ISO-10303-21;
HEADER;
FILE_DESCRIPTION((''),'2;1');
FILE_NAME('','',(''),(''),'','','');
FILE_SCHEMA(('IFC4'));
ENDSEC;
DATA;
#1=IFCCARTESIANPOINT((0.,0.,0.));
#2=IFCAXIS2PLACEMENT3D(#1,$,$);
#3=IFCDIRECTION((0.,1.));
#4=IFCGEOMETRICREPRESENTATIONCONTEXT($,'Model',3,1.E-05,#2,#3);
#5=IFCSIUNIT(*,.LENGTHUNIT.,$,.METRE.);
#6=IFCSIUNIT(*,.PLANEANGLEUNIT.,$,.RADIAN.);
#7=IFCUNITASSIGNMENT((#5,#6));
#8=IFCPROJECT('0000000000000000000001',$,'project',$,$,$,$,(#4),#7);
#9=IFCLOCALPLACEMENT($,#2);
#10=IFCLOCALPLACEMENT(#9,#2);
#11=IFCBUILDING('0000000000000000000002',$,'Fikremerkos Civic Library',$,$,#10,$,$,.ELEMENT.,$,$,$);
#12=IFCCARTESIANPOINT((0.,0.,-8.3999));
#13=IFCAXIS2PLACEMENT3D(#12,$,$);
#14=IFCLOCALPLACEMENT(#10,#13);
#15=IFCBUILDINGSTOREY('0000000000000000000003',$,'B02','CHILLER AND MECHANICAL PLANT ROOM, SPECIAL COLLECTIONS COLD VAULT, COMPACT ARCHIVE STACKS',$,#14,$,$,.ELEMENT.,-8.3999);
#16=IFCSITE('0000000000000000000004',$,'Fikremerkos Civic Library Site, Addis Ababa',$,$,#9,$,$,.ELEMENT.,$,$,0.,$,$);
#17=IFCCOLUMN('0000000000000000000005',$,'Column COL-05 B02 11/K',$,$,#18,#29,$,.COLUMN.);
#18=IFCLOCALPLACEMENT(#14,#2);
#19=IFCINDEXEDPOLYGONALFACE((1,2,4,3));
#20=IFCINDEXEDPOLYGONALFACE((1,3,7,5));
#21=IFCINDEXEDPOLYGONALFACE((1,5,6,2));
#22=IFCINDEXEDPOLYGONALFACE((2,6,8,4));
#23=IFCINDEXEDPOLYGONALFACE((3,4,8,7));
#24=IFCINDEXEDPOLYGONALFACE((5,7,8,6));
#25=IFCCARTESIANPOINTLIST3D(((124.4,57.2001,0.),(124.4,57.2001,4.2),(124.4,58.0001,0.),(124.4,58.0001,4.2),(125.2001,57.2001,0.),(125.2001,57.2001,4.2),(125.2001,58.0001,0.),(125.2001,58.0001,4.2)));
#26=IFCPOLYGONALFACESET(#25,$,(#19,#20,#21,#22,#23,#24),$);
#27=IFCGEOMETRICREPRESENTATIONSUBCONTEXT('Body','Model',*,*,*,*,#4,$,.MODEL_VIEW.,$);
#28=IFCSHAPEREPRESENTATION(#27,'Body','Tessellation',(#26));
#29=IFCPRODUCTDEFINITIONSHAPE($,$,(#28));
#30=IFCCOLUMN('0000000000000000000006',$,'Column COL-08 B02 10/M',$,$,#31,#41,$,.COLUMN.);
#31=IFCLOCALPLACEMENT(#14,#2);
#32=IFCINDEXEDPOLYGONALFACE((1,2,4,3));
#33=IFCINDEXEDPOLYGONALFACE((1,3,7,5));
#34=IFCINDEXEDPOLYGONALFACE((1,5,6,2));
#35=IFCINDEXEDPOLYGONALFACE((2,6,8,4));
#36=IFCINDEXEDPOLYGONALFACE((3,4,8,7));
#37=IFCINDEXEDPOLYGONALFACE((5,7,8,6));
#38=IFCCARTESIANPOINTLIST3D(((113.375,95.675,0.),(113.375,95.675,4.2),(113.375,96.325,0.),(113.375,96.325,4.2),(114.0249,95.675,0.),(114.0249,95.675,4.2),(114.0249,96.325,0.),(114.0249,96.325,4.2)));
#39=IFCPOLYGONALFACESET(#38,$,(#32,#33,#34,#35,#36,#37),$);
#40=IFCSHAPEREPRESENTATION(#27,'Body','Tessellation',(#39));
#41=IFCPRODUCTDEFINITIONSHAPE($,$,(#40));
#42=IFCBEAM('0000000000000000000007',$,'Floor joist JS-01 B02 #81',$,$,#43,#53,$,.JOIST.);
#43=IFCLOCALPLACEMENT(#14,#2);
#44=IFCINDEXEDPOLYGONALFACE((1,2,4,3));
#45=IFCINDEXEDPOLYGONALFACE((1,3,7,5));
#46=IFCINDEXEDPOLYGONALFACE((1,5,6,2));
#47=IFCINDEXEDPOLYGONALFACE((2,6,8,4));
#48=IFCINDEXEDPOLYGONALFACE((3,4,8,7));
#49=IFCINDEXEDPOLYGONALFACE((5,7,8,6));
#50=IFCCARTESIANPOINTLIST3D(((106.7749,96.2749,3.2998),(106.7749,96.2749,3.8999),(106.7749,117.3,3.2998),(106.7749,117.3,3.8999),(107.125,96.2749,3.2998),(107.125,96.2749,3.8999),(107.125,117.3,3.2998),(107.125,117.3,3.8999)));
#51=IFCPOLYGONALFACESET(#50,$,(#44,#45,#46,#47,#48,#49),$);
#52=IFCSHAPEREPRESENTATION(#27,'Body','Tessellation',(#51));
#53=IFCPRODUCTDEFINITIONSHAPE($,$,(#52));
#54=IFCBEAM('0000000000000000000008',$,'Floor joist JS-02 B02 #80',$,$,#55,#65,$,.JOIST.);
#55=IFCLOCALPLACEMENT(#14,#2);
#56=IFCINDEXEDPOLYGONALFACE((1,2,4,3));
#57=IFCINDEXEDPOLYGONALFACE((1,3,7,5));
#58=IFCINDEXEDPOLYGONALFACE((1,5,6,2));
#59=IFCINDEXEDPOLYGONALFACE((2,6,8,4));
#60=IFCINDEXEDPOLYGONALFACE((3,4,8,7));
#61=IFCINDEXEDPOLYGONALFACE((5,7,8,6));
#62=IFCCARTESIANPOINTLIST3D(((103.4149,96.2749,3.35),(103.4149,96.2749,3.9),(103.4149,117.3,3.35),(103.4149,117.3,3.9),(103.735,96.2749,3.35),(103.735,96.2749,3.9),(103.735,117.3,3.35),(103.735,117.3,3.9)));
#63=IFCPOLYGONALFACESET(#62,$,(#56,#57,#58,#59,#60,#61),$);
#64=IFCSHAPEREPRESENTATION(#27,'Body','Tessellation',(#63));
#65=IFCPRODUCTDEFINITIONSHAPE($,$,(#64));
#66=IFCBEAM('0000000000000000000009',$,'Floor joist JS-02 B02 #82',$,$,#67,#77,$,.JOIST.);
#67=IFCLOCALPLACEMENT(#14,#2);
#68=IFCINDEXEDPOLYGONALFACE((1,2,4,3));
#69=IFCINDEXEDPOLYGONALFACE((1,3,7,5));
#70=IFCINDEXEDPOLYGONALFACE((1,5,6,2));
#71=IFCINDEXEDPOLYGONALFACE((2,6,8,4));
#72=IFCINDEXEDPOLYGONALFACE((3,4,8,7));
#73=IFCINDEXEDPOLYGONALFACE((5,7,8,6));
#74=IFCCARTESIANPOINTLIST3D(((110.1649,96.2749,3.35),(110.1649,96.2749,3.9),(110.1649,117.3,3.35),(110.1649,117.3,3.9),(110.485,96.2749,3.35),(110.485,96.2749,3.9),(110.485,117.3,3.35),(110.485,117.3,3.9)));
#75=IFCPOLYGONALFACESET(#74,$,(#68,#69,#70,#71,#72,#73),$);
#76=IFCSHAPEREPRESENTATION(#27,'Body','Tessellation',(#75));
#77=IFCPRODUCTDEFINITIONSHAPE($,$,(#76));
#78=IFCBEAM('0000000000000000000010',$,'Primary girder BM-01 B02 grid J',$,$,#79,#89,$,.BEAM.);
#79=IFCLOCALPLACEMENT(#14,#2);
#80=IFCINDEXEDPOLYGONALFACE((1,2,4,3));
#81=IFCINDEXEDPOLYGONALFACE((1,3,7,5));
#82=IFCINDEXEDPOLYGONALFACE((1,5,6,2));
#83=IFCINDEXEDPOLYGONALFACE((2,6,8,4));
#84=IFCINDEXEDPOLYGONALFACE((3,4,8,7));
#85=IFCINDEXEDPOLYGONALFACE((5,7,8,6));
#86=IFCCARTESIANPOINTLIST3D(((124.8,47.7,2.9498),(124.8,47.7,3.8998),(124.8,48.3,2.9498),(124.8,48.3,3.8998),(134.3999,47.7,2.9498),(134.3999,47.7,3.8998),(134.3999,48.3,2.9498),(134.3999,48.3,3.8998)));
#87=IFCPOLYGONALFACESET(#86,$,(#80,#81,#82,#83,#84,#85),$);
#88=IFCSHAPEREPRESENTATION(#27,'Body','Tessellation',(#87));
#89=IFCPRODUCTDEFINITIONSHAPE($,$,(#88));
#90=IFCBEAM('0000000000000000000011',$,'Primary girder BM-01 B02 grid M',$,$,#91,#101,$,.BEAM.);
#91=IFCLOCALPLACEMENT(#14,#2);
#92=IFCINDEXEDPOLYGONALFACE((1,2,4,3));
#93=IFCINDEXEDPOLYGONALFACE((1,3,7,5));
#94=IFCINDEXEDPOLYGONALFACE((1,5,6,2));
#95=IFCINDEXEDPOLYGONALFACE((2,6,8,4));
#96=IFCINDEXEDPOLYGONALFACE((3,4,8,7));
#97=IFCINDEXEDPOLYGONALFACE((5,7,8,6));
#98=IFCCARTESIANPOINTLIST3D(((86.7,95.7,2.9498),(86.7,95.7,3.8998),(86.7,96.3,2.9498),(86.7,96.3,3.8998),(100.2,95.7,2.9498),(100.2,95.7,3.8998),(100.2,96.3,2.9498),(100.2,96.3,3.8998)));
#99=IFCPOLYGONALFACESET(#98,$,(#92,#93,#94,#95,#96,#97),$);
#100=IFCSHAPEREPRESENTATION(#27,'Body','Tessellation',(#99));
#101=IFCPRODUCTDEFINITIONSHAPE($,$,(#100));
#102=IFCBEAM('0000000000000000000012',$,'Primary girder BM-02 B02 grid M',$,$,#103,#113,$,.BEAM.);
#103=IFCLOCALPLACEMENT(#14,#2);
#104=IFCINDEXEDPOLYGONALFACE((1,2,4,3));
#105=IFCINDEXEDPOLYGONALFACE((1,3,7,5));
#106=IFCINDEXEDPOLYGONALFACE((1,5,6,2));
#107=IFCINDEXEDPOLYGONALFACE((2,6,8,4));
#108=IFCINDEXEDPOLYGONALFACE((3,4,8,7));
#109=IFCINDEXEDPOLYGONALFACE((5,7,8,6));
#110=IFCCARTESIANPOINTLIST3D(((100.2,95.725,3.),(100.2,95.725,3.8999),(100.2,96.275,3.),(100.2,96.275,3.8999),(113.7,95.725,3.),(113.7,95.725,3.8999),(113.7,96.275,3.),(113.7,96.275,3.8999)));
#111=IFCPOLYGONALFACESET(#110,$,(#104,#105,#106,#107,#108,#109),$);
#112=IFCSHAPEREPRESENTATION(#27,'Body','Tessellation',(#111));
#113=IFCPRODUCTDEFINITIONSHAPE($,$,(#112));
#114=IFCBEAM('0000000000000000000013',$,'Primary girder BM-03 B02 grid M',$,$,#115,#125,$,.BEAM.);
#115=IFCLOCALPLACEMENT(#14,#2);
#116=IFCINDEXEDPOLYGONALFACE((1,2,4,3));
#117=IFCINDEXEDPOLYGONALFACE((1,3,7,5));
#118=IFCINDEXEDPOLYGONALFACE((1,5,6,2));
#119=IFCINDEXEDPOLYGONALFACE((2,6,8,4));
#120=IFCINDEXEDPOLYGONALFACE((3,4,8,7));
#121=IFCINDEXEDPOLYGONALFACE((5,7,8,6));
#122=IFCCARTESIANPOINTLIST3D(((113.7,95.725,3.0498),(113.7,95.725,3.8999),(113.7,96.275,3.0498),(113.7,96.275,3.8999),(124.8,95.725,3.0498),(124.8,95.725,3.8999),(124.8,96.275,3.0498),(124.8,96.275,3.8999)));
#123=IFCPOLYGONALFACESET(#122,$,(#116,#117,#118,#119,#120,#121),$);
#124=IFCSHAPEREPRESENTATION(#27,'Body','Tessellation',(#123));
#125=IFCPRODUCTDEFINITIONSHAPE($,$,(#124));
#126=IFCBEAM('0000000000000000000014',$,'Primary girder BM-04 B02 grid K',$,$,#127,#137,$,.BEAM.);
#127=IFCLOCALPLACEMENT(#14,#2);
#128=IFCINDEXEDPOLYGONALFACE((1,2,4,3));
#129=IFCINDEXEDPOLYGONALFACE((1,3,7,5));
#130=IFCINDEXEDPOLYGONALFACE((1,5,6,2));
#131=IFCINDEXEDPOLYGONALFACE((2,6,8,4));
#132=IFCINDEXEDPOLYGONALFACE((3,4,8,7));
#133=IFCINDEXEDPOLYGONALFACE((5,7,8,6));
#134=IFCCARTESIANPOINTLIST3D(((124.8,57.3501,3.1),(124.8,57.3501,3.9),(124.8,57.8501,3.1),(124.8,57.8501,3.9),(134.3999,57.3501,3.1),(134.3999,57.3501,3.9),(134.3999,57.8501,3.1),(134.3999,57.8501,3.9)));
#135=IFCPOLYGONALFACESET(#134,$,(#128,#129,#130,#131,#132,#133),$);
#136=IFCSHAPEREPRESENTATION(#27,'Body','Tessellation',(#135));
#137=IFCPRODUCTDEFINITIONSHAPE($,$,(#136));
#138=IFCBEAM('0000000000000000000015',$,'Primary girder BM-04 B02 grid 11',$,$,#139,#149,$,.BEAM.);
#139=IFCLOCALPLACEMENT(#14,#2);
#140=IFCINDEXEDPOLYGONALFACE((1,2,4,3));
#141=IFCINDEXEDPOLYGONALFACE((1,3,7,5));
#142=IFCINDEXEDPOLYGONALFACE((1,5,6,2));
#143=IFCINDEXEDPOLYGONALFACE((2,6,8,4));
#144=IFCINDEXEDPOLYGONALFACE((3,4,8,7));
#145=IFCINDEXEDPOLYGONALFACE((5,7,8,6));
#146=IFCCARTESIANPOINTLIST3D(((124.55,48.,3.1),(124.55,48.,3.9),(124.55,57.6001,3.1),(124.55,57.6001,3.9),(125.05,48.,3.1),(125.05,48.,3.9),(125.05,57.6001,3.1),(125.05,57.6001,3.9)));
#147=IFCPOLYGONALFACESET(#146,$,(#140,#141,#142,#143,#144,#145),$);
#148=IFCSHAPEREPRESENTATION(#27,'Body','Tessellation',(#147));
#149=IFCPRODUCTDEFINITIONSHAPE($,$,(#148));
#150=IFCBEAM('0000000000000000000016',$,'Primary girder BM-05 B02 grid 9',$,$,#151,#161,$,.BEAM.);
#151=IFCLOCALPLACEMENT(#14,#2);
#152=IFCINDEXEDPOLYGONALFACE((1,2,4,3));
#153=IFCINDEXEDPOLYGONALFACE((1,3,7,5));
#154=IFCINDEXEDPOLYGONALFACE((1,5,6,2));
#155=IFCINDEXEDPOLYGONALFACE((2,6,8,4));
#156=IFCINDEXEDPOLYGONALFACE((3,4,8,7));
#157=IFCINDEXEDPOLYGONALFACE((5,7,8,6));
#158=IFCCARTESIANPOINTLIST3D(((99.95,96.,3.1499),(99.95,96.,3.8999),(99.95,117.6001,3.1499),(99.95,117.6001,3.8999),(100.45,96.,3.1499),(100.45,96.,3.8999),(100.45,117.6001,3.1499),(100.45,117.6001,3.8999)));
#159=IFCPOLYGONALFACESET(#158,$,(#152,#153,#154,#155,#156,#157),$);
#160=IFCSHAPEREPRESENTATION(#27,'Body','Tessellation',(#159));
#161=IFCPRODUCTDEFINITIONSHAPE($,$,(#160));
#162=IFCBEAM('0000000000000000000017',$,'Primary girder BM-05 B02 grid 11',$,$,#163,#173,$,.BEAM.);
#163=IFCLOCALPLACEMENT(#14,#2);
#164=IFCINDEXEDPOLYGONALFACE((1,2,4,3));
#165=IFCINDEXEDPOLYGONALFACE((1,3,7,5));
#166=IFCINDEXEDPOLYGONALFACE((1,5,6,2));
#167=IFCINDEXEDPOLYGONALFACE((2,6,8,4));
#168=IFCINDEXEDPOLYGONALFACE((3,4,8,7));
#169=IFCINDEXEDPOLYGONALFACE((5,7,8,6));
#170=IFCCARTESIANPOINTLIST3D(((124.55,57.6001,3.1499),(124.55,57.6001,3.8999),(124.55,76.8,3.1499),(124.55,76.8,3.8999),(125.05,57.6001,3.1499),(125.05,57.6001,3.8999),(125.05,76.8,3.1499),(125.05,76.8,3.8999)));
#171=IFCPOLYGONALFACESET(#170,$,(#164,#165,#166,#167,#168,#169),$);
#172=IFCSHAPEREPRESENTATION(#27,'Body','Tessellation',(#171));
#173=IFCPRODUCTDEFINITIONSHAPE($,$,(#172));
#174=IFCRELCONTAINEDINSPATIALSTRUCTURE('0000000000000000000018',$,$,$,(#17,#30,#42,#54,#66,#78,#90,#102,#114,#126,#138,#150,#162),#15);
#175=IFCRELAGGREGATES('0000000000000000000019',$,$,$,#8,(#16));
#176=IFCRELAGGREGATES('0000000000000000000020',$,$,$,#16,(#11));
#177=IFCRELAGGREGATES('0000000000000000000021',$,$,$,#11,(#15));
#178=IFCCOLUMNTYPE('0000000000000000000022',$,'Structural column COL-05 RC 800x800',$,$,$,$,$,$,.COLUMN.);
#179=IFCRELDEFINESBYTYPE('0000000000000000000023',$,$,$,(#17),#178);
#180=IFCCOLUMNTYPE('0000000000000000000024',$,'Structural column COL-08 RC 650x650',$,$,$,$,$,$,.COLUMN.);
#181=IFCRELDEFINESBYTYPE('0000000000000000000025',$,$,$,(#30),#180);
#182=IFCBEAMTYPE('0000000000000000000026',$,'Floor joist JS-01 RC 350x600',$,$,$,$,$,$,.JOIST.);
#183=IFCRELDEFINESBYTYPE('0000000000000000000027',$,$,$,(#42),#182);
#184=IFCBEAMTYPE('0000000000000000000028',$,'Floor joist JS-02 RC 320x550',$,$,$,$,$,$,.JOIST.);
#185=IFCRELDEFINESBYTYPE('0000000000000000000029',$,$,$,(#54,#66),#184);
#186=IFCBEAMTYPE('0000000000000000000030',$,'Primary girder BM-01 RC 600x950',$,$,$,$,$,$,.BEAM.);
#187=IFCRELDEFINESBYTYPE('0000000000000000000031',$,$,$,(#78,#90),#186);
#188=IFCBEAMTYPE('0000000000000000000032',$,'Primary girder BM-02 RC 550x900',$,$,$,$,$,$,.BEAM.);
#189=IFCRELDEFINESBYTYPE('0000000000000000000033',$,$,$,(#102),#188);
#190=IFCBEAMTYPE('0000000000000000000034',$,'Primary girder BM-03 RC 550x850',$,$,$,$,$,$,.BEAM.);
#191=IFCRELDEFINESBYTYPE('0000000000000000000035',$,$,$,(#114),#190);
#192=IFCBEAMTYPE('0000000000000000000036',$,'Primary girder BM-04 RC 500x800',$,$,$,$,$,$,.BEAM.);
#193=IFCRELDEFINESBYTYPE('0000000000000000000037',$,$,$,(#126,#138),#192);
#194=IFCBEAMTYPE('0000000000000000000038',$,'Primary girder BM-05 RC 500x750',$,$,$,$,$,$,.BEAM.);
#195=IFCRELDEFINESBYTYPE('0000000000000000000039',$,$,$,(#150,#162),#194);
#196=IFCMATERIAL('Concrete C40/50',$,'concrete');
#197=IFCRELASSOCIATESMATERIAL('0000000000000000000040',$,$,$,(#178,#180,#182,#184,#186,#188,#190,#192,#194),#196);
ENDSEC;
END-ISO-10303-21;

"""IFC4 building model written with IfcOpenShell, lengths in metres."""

from ifc_helpers import new_model, si_unit, direction, frame, origin, origin_2d, place, context, subcontext, project, spatial, rectangle, extrude, material, material_profile, profile_set, type_object, element, save


model = new_model("IFC4")

# Units and contexts
model_context = context("Model", 3, precision=1e-05, world=origin(), true_north=direction((0.0, 1.0)))
body_context = subcontext(model_context, "Body", "Model", "MODEL_VIEW")
ifc_project = project(units=[si_unit("LENGTHUNIT", "METRE"), si_unit("PLANEANGLEUNIT", "RADIAN")], contexts=[model_context])

# Site, building, storey
site_placement = place(None, origin())
site = spatial("IfcSite", under=ifc_project, at=site_placement, Name="Fikremerkos Civic Library Site, Addis Ababa", CompositionType="ELEMENT", RefElevation=0.0)
building_placement = place(site_placement, origin())
building = spatial("IfcBuilding", under=site, at=building_placement, Name="Fikremerkos Civic Library", CompositionType="ELEMENT")
storey_placement = place(building_placement, frame((0.0, 0.0, -8.3999)))
storey = spatial("IfcBuildingStorey", under=building, at=storey_placement, Name="B02", Description="CHILLER AND MECHANICAL PLANT ROOM, SPECIAL COLLECTIONS COLD VAULT, COMPACT ARCHIVE STACKS", CompositionType="ELEMENT", Elevation=-8.3999)

# Shared definitions
ifc_material_1 = material(Name="Concrete C40/50", Category="concrete")

# Columns
ifc_material_profile_1 = material_profile(ifc_material_1, rectangle(XDim=0.8, YDim=0.8, at=origin_2d()), Name="RC 800x800")
ifc_profile_set_1 = profile_set([ifc_material_profile_1], Name="Concrete C40/50")
column_type_1 = type_object("IfcColumnType", Name="Structural column COL-05 RC 800x800", PredefinedType="COLUMN", material=ifc_profile_set_1)
column_1_placement = place(storey_placement, frame((124.8, 57.6001, 0.0), z_axis=(0.0, 0.0, 1.0), x_axis=(1.0, 0.0, 0.0)))
element("IfcColumn", 1, at=column_1_placement, inside=storey, type_object=column_type_1, Name="Column COL-05 B02 11/K", PredefinedType="COLUMN", context=body_context, shape_type="SweptSolid", body=[
    extrude(rectangle(XDim=0.8, YDim=0.8, at=origin_2d()), origin(), (0.0, 0.0, 1.0), 4.2),
])
ifc_material_profile_2 = material_profile(ifc_material_1, rectangle(XDim=0.6499, YDim=0.6499, at=origin_2d()), Name="RC 650x650")
ifc_profile_set_2 = profile_set([ifc_material_profile_2], Name="Concrete C40/50")
column_type_2 = type_object("IfcColumnType", Name="Structural column COL-08 RC 650x650", PredefinedType="COLUMN", material=ifc_profile_set_2)
column_2_placement = place(storey_placement, frame((113.7, 96.0, 0.0), z_axis=(0.0, 0.0, 1.0), x_axis=(1.0, 0.0, 0.0)))
element("IfcColumn", 2, at=column_2_placement, inside=storey, type_object=column_type_2, Name="Column COL-08 B02 10/M", PredefinedType="COLUMN", context=body_context, shape_type="SweptSolid", body=[
    extrude(rectangle(XDim=0.6499, YDim=0.6499, at=origin_2d()), origin(), (0.0, 0.0, 1.0), 4.2),
])

# Beams
ifc_material_profile_3 = material_profile(ifc_material_1, rectangle(XDim=0.3501, YDim=0.6001, at=origin_2d()), Name="RC 350x600")
ifc_profile_set_3 = profile_set([ifc_material_profile_3], Name="Concrete C40/50")
beam_type_1 = type_object("IfcBeamType", Name="Floor joist JS-01 RC 350x600", PredefinedType="JOIST", material=ifc_profile_set_3)
beam_1_placement = place(storey_placement, frame((106.95, 96.2749, 3.5999), z_axis=(0.0, 1.0, 0.0), x_axis=(-1.0, 0.0, 0.0)))
element("IfcBeam", 3, at=beam_1_placement, inside=storey, type_object=beam_type_1, Name="Floor joist JS-01 B02 #81", PredefinedType="JOIST", context=body_context, shape_type="SweptSolid", body=[
    extrude(rectangle(XDim=0.3501, YDim=0.6001, at=origin_2d()), origin(), (0.0, 0.0, 1.0), 21.0251),
])
ifc_material_profile_4 = material_profile(ifc_material_1, rectangle(XDim=0.3201, YDim=0.55, at=origin_2d()), Name="RC 320x550")
ifc_profile_set_4 = profile_set([ifc_material_profile_4], Name="Concrete C40/50")
beam_type_2 = type_object("IfcBeamType", Name="Floor joist JS-02 RC 320x550", PredefinedType="JOIST", material=ifc_profile_set_4)
for number, where, z_axis, x_axis, name in (
    (4, (103.575, 96.2749, 3.625), (0.0, 1.0, 0.0), (-1.0, 0.0, 0.0), "Floor joist JS-02 B02 #80"),
    (5, (110.325, 96.2749, 3.625), (0.0, 1.0, 0.0), (-1.0, 0.0, 0.0), "Floor joist JS-02 B02 #82"),
):
    element("IfcBeam", number, at=place(storey_placement, frame(where, z_axis=z_axis, x_axis=x_axis)), inside=storey, type_object=beam_type_2, Name=name, PredefinedType="JOIST", context=body_context, shape_type="SweptSolid", body=[
        extrude(rectangle(XDim=0.3201, YDim=0.55, at=origin_2d()), origin(), (0.0, 0.0, 1.0), 21.0251),
    ])
ifc_material_profile_5 = material_profile(ifc_material_1, rectangle(XDim=0.6001, YDim=0.95, at=origin_2d()), Name="RC 600x950")
ifc_profile_set_5 = profile_set([ifc_material_profile_5], Name="Concrete C40/50")
beam_type_3 = type_object("IfcBeamType", Name="Primary girder BM-01 RC 600x950", PredefinedType="BEAM", material=ifc_profile_set_5)
beam_2_placement = place(storey_placement, frame((124.8, 48.0, 3.4248), z_axis=(1.0, 0.0, 0.0), x_axis=(0.0, 1.0, 0.0)))
element("IfcBeam", 6, at=beam_2_placement, inside=storey, type_object=beam_type_3, Name="Primary girder BM-01 B02 grid J", PredefinedType="BEAM", context=body_context, shape_type="SweptSolid", body=[
    extrude(rectangle(XDim=0.6001, YDim=0.95, at=origin_2d()), origin(), (0.0, 0.0, 1.0), 9.5999),
])
beam_3_placement = place(storey_placement, frame((86.7, 96.0, 3.4248), z_axis=(1.0, 0.0, 0.0), x_axis=(0.0, 1.0, 0.0)))
element("IfcBeam", 7, at=beam_3_placement, inside=storey, type_object=beam_type_3, Name="Primary girder BM-01 B02 grid M", PredefinedType="BEAM", context=body_context, shape_type="SweptSolid", body=[
    extrude(rectangle(XDim=0.6001, YDim=0.95, at=origin_2d()), origin(), (0.0, 0.0, 1.0), 13.5),
])
ifc_material_profile_6 = material_profile(ifc_material_1, rectangle(XDim=0.55, YDim=0.8999, at=origin_2d()), Name="RC 550x900")
ifc_profile_set_6 = profile_set([ifc_material_profile_6], Name="Concrete C40/50")
beam_type_4 = type_object("IfcBeamType", Name="Primary girder BM-02 RC 550x900", PredefinedType="BEAM", material=ifc_profile_set_6)
beam_4_placement = place(storey_placement, frame((100.2, 96.0, 3.45), z_axis=(1.0, 0.0, 0.0), x_axis=(0.0, 1.0, 0.0)))
element("IfcBeam", 8, at=beam_4_placement, inside=storey, type_object=beam_type_4, Name="Primary girder BM-02 B02 grid M", PredefinedType="BEAM", context=body_context, shape_type="SweptSolid", body=[
    extrude(rectangle(XDim=0.55, YDim=0.8999, at=origin_2d()), origin(), (0.0, 0.0, 1.0), 13.5),
])
ifc_material_profile_7 = material_profile(ifc_material_1, rectangle(XDim=0.55, YDim=0.8501, at=origin_2d()), Name="RC 550x850")
ifc_profile_set_7 = profile_set([ifc_material_profile_7], Name="Concrete C40/50")
beam_type_5 = type_object("IfcBeamType", Name="Primary girder BM-03 RC 550x850", PredefinedType="BEAM", material=ifc_profile_set_7)
beam_5_placement = place(storey_placement, frame((113.7, 96.0, 3.4749), z_axis=(1.0, 0.0, 0.0), x_axis=(0.0, 1.0, 0.0)))
element("IfcBeam", 9, at=beam_5_placement, inside=storey, type_object=beam_type_5, Name="Primary girder BM-03 B02 grid M", PredefinedType="BEAM", context=body_context, shape_type="SweptSolid", body=[
    extrude(rectangle(XDim=0.55, YDim=0.8501, at=origin_2d()), origin(), (0.0, 0.0, 1.0), 11.1001),
])
ifc_material_profile_8 = material_profile(ifc_material_1, rectangle(XDim=0.5, YDim=0.8, at=origin_2d()), Name="RC 500x800")
ifc_profile_set_8 = profile_set([ifc_material_profile_8], Name="Concrete C40/50")
beam_type_6 = type_object("IfcBeamType", Name="Primary girder BM-04 RC 500x800", PredefinedType="BEAM", material=ifc_profile_set_8)
beam_6_placement = place(storey_placement, frame((124.8, 57.6001, 3.5), z_axis=(1.0, 0.0, 0.0), x_axis=(0.0, 1.0, 0.0)))
element("IfcBeam", 10, at=beam_6_placement, inside=storey, type_object=beam_type_6, Name="Primary girder BM-04 B02 grid K", PredefinedType="BEAM", context=body_context, shape_type="SweptSolid", body=[
    extrude(rectangle(XDim=0.5, YDim=0.8, at=origin_2d()), origin(), (0.0, 0.0, 1.0), 9.5999),
])
beam_7_placement = place(storey_placement, frame((124.8, 48.0, 3.5), z_axis=(0.0, 1.0, 0.0), x_axis=(-1.0, 0.0, 0.0)))
element("IfcBeam", 11, at=beam_7_placement, inside=storey, type_object=beam_type_6, Name="Primary girder BM-04 B02 grid 11", PredefinedType="BEAM", context=body_context, shape_type="SweptSolid", body=[
    extrude(rectangle(XDim=0.5, YDim=0.8, at=origin_2d()), origin(), (0.0, 0.0, 1.0), 9.6001),
])
ifc_material_profile_9 = material_profile(ifc_material_1, rectangle(XDim=0.5, YDim=0.75, at=origin_2d()), Name="RC 500x750")
ifc_profile_set_9 = profile_set([ifc_material_profile_9], Name="Concrete C40/50")
beam_type_7 = type_object("IfcBeamType", Name="Primary girder BM-05 RC 500x750", PredefinedType="BEAM", material=ifc_profile_set_9)
beam_8_placement = place(storey_placement, frame((100.2, 96.0, 3.5249), z_axis=(0.0, 1.0, 0.0), x_axis=(-1.0, 0.0, 0.0)))
element("IfcBeam", 12, at=beam_8_placement, inside=storey, type_object=beam_type_7, Name="Primary girder BM-05 B02 grid 9", PredefinedType="BEAM", context=body_context, shape_type="SweptSolid", body=[
    extrude(rectangle(XDim=0.5, YDim=0.75, at=origin_2d()), origin(), (0.0, 0.0, 1.0), 21.6001),
])
beam_9_placement = place(storey_placement, frame((124.8, 57.6001, 3.5249), z_axis=(0.0, 1.0, 0.0), x_axis=(-1.0, 0.0, 0.0)))
element("IfcBeam", 13, at=beam_9_placement, inside=storey, type_object=beam_type_7, Name="Primary girder BM-05 B02 grid 11", PredefinedType="BEAM", context=body_context, shape_type="SweptSolid", body=[
    extrude(rectangle(XDim=0.5, YDim=0.75, at=origin_2d()), origin(), (0.0, 0.0, 1.0), 19.2),
])

save(model, "model.ifc")
